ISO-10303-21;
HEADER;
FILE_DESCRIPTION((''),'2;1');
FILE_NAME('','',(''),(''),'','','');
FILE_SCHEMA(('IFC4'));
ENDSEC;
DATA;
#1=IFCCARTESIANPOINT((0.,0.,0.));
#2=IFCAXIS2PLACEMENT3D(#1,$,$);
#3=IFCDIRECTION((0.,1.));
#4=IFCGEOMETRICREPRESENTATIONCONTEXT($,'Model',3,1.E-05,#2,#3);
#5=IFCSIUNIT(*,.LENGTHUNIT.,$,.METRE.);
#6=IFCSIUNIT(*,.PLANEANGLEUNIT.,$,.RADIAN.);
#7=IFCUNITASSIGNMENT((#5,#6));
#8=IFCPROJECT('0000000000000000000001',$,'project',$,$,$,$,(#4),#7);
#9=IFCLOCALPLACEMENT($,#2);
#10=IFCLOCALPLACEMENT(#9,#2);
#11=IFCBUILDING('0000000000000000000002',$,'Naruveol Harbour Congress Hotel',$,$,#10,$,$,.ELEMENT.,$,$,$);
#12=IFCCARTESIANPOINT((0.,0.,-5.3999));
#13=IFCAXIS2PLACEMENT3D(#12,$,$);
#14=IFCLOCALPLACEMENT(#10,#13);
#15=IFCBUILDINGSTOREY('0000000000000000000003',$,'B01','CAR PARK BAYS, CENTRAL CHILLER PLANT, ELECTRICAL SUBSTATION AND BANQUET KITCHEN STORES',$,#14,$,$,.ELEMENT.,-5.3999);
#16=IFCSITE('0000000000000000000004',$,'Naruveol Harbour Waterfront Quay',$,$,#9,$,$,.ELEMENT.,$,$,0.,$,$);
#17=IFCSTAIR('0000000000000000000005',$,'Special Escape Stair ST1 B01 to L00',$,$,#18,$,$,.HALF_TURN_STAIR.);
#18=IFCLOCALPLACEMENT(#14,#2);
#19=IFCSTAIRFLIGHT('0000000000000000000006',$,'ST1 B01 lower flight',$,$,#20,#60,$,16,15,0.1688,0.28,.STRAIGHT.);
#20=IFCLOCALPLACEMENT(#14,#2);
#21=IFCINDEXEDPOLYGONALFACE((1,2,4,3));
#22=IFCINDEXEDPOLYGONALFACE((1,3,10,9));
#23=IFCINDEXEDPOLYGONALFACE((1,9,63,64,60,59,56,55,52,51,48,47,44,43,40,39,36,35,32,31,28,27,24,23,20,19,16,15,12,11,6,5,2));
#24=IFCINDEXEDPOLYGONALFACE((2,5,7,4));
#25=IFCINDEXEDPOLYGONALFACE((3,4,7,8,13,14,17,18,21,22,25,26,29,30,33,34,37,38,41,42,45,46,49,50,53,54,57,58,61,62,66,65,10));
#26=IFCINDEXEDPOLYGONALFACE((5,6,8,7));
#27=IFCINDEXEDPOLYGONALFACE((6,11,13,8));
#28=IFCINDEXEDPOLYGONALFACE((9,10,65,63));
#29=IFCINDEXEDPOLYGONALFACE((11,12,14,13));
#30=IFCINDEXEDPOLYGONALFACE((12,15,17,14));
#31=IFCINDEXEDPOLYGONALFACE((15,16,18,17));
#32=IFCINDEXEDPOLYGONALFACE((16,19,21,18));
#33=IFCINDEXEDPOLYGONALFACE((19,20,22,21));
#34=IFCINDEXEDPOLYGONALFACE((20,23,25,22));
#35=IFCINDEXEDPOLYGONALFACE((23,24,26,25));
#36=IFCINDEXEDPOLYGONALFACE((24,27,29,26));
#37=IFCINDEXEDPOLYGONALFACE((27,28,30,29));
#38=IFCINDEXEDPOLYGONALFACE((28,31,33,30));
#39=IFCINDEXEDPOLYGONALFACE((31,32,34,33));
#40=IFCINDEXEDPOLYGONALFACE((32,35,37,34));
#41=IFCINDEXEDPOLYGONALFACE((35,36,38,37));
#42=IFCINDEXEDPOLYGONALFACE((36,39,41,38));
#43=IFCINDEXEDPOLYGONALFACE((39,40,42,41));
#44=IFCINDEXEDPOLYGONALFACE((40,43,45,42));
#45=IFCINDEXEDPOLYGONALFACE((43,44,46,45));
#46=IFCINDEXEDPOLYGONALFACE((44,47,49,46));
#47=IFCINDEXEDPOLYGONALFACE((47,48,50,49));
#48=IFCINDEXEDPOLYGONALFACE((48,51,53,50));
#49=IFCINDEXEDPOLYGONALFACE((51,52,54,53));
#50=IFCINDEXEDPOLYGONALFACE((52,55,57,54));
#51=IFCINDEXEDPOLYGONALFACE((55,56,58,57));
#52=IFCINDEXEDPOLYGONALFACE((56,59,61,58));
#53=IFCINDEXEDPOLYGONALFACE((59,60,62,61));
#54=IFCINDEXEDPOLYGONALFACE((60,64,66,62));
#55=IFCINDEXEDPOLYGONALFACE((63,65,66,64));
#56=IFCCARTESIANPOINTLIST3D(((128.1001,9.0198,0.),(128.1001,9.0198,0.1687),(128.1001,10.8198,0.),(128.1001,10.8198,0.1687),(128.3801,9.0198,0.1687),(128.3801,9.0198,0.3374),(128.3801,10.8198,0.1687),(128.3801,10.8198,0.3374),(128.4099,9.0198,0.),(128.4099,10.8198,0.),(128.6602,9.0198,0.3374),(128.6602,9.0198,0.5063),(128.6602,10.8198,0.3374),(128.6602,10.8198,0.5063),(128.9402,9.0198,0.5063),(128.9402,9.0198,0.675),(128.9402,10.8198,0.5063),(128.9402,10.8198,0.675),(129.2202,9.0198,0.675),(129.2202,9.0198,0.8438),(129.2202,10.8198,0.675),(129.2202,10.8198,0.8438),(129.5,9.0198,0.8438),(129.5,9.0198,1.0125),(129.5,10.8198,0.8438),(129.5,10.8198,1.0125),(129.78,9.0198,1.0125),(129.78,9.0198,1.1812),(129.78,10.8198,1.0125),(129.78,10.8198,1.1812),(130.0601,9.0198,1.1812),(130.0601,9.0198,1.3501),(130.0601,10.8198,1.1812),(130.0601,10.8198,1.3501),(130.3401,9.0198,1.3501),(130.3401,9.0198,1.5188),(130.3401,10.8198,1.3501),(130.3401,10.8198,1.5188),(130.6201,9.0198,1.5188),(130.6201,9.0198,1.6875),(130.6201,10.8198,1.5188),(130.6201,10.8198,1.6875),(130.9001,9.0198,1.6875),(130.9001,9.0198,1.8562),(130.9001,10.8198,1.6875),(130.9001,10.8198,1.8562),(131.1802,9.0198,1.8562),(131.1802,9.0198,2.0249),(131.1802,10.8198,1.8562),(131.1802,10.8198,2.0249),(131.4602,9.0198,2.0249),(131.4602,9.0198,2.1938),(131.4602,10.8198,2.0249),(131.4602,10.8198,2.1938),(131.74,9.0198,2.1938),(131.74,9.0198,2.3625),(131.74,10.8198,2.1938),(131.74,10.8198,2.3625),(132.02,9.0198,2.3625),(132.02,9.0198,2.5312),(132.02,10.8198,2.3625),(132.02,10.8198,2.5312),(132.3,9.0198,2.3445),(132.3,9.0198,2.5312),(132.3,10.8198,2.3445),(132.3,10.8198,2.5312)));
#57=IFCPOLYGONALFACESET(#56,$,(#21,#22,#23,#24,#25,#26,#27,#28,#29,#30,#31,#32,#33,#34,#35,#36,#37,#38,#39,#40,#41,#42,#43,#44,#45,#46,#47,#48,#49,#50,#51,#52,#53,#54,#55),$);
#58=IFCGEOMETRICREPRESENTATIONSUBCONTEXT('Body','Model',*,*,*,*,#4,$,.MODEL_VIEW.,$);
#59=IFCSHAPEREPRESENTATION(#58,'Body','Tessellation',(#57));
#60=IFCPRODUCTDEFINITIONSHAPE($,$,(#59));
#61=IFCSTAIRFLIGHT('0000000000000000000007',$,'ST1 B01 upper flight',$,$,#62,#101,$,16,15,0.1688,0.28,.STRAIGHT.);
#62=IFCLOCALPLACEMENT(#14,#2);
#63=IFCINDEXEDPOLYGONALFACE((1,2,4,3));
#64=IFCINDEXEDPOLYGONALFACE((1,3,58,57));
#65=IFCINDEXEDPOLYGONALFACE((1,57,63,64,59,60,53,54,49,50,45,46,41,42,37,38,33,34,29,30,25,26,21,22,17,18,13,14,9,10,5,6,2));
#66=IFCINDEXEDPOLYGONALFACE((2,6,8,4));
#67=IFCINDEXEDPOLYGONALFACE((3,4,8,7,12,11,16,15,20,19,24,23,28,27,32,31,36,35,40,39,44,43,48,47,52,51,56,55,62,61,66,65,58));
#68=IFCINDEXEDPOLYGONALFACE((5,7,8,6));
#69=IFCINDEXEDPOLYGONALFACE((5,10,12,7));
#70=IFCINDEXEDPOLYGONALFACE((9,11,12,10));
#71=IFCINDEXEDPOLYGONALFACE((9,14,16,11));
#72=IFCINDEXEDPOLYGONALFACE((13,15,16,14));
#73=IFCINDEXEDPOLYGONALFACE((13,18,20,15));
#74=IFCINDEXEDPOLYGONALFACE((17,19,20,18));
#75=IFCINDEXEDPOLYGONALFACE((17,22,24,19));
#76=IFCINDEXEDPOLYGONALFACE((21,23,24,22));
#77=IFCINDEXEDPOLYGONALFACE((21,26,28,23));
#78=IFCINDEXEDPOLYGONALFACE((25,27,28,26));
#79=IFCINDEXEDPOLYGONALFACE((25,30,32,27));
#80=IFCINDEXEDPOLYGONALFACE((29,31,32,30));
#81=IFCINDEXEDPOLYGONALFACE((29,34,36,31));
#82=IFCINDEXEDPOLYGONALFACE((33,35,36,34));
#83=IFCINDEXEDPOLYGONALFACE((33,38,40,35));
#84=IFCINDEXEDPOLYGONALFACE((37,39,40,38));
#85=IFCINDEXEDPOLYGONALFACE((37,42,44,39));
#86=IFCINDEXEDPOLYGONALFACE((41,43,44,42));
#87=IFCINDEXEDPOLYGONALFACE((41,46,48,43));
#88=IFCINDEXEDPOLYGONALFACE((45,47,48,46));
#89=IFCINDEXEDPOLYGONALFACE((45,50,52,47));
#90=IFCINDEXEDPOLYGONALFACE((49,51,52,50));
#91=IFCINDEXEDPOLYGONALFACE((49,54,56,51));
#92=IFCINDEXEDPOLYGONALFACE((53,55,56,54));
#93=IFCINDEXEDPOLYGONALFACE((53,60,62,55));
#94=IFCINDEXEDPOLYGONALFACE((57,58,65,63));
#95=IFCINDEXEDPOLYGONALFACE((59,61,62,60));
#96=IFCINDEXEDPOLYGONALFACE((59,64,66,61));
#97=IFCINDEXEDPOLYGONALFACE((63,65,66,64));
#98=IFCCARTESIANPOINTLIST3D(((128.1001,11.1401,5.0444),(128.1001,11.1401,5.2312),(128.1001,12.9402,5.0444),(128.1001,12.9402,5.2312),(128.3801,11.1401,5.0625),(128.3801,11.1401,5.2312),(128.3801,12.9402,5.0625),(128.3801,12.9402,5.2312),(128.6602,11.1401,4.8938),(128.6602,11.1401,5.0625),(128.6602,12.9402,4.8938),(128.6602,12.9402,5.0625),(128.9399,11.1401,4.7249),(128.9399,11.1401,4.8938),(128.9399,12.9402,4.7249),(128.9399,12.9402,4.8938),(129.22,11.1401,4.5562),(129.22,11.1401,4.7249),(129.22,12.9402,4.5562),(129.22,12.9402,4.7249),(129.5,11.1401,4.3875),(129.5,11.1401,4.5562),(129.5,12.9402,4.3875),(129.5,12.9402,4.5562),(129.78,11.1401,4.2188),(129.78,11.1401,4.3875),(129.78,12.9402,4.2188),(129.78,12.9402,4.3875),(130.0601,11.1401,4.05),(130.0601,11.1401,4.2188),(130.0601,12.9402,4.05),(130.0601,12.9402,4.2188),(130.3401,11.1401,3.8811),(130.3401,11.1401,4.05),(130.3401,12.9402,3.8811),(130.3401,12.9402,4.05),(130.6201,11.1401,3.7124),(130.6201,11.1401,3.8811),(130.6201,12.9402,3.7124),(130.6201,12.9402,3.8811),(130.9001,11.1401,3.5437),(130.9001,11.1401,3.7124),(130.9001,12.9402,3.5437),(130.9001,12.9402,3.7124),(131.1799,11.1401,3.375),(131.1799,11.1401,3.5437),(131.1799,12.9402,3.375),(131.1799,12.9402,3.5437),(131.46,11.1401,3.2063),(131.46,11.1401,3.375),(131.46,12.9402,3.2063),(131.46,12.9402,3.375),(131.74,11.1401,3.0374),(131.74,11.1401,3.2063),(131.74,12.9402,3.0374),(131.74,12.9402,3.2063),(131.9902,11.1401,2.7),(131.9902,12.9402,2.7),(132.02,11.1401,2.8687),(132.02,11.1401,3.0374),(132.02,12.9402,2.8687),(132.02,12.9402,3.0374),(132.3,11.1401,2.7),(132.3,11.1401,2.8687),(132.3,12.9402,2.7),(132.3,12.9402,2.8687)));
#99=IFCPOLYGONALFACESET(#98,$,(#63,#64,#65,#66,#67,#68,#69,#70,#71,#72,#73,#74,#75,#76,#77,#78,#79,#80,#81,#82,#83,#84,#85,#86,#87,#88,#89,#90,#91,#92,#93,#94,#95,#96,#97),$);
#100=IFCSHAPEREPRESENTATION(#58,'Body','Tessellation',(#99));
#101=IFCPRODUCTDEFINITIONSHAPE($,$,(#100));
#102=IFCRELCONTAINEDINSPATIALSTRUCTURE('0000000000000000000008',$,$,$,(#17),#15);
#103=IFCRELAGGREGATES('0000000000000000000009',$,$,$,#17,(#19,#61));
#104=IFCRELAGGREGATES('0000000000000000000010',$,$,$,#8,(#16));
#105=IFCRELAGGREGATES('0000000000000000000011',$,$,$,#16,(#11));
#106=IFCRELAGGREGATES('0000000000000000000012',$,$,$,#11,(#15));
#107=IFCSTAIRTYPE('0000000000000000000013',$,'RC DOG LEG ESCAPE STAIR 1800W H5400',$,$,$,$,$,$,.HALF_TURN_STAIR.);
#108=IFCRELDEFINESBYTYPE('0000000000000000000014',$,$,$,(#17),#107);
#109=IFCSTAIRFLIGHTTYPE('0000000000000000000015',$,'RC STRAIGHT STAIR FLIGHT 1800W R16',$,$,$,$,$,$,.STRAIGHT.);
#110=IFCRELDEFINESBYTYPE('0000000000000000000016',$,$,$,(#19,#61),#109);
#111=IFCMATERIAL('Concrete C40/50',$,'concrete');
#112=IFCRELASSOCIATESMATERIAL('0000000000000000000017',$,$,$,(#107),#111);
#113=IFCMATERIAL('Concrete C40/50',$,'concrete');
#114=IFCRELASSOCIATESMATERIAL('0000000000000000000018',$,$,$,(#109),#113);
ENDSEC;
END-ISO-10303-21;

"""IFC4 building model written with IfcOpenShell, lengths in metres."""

from ifc_helpers import new_model, si_unit, direction, frame, origin, place, context, subcontext, project, spatial, polyline, outline, extrude, material, type_object, element, aggregate, save


model = new_model("IFC4")

# Units and contexts
model_context = context("Model", 3, precision=1e-05, world=origin(), true_north=direction((0.0, 1.0)))
body_context = subcontext(model_context, "Body", "Model", "MODEL_VIEW")
ifc_project = project(units=[si_unit("LENGTHUNIT", "METRE"), si_unit("PLANEANGLEUNIT", "RADIAN")], contexts=[model_context])

# Site, building, storey
site_placement = place(None, origin())
site = spatial("IfcSite", under=ifc_project, at=site_placement, Name="Naruveol Harbour Waterfront Quay", CompositionType="ELEMENT", RefElevation=0.0)
building_placement = place(site_placement, origin())
building = spatial("IfcBuilding", under=site, at=building_placement, Name="Naruveol Harbour Congress Hotel", CompositionType="ELEMENT")
storey_placement = place(building_placement, frame((0.0, 0.0, -5.3999)))
storey = spatial("IfcBuildingStorey", under=building, at=storey_placement, Name="B01", Description="CAR PARK BAYS, CENTRAL CHILLER PLANT, ELECTRICAL SUBSTATION AND BANQUET KITCHEN STORES", CompositionType="ELEMENT", Elevation=-5.3999)

# Stair, stair flights
ifc_material_1 = material(Name="Concrete C40/50", Category="concrete")
stair_type = type_object("IfcStairType", Name="RC DOG LEG ESCAPE STAIR 1800W H5400", PredefinedType="HALF_TURN_STAIR", material=ifc_material_1)
stair_placement = place(storey_placement, origin())
stair = element("IfcStair", 1, at=stair_placement, inside=storey, type_object=stair_type, Name="Special Escape Stair ST1 B01 to L00", PredefinedType="HALF_TURN_STAIR")
ifc_material_2 = material(Name="Concrete C40/50", Category="concrete")
stair_flight_type = type_object("IfcStairFlightType", Name="RC STRAIGHT STAIR FLIGHT 1800W R16", PredefinedType="STRAIGHT", material=ifc_material_2)
stair_flight_1_placement = place(storey_placement, frame((128.1001, 9.9199, 0.0), z_axis=(0.0, 0.0, 1.0), x_axis=(1.0, 0.0, 0.0)))
stair_flight_1 = element("IfcStairFlight", 2, at=stair_flight_1_placement, type_object=stair_flight_type, Name="ST1 B01 lower flight", NumberOfRisers=16, NumberOfTreads=15, PredefinedType="STRAIGHT", RiserHeight=0.1688, TreadLength=0.28, context=body_context, shape_type="SweptSolid", body=[
    extrude(outline(polyline([(0.0, 0.0), (0.0, 0.1687), (0.28, 0.1687), (0.28, 0.3374), (0.5601, 0.3374), (0.5601, 0.5063), (0.8401, 0.5063), (0.8401, 0.675), (1.1201, 0.675), (1.1201, 0.8438), (1.3999, 0.8438), (1.3999, 1.0125), (1.6799, 1.0125), (1.6799, 1.1812), (1.96, 1.1812), (1.96, 1.3501), (2.24, 1.3501), (2.24, 1.5188), (2.52, 1.5188), (2.52, 1.6875), (2.8, 1.6875), (2.8, 1.8562), (3.0801, 1.8562), (3.0801, 2.0249), (3.3601, 2.0249), (3.3601, 2.1938), (3.6399, 2.1938), (3.6399, 2.3625), (3.9199, 2.3625), (3.9199, 2.5312), (4.2, 2.5312), (4.2, 2.7), (4.2, 2.3445), (0.3098, 0.0), (0.0, 0.0)])), frame((0.0, 0.8999, 0.0), z_axis=(0.0, -1.0, 0.0), x_axis=(1.0, 0.0, 0.0)), (0.0, 0.0, 1.0), 1.8),
])
stair_flight_2_placement = place(storey_placement, frame((132.3, 12.04, 2.7), z_axis=(0.0, 0.0, 1.0), x_axis=(-1.0, 0.0, 0.0)))
stair_flight_2 = element("IfcStairFlight", 3, at=stair_flight_2_placement, type_object=stair_flight_type, Name="ST1 B01 upper flight", NumberOfRisers=16, NumberOfTreads=15, PredefinedType="STRAIGHT", RiserHeight=0.1688, TreadLength=0.28, context=body_context, shape_type="SweptSolid", body=[
    extrude(outline(polyline([(0.0, 0.0), (0.0, 0.1687), (0.28, 0.1687), (0.28, 0.3374), (0.5601, 0.3374), (0.5601, 0.5063), (0.8401, 0.5063), (0.8401, 0.675), (1.1201, 0.675), (1.1201, 0.8438), (1.3999, 0.8438), (1.3999, 1.0125), (1.6799, 1.0125), (1.6799, 1.1812), (1.96, 1.1812), (1.96, 1.3501), (2.24, 1.3501), (2.24, 1.5188), (2.52, 1.5188), (2.52, 1.6875), (2.8, 1.6875), (2.8, 1.8562), (3.0801, 1.8562), (3.0801, 2.0249), (3.3601, 2.0249), (3.3601, 2.1938), (3.6399, 2.1938), (3.6399, 2.3625), (3.9199, 2.3625), (3.9199, 2.5312), (4.2, 2.5312), (4.2, 2.7), (4.2, 2.3445), (0.3098, 0.0), (0.0, 0.0)])), frame((0.0, 0.8999, 0.0), z_axis=(0.0, -1.0, 0.0), x_axis=(1.0, 0.0, 0.0)), (0.0, 0.0, 1.0), 1.8),
])
aggregate(stair, [stair_flight_1, stair_flight_2])

save(model, "model.ifc")
